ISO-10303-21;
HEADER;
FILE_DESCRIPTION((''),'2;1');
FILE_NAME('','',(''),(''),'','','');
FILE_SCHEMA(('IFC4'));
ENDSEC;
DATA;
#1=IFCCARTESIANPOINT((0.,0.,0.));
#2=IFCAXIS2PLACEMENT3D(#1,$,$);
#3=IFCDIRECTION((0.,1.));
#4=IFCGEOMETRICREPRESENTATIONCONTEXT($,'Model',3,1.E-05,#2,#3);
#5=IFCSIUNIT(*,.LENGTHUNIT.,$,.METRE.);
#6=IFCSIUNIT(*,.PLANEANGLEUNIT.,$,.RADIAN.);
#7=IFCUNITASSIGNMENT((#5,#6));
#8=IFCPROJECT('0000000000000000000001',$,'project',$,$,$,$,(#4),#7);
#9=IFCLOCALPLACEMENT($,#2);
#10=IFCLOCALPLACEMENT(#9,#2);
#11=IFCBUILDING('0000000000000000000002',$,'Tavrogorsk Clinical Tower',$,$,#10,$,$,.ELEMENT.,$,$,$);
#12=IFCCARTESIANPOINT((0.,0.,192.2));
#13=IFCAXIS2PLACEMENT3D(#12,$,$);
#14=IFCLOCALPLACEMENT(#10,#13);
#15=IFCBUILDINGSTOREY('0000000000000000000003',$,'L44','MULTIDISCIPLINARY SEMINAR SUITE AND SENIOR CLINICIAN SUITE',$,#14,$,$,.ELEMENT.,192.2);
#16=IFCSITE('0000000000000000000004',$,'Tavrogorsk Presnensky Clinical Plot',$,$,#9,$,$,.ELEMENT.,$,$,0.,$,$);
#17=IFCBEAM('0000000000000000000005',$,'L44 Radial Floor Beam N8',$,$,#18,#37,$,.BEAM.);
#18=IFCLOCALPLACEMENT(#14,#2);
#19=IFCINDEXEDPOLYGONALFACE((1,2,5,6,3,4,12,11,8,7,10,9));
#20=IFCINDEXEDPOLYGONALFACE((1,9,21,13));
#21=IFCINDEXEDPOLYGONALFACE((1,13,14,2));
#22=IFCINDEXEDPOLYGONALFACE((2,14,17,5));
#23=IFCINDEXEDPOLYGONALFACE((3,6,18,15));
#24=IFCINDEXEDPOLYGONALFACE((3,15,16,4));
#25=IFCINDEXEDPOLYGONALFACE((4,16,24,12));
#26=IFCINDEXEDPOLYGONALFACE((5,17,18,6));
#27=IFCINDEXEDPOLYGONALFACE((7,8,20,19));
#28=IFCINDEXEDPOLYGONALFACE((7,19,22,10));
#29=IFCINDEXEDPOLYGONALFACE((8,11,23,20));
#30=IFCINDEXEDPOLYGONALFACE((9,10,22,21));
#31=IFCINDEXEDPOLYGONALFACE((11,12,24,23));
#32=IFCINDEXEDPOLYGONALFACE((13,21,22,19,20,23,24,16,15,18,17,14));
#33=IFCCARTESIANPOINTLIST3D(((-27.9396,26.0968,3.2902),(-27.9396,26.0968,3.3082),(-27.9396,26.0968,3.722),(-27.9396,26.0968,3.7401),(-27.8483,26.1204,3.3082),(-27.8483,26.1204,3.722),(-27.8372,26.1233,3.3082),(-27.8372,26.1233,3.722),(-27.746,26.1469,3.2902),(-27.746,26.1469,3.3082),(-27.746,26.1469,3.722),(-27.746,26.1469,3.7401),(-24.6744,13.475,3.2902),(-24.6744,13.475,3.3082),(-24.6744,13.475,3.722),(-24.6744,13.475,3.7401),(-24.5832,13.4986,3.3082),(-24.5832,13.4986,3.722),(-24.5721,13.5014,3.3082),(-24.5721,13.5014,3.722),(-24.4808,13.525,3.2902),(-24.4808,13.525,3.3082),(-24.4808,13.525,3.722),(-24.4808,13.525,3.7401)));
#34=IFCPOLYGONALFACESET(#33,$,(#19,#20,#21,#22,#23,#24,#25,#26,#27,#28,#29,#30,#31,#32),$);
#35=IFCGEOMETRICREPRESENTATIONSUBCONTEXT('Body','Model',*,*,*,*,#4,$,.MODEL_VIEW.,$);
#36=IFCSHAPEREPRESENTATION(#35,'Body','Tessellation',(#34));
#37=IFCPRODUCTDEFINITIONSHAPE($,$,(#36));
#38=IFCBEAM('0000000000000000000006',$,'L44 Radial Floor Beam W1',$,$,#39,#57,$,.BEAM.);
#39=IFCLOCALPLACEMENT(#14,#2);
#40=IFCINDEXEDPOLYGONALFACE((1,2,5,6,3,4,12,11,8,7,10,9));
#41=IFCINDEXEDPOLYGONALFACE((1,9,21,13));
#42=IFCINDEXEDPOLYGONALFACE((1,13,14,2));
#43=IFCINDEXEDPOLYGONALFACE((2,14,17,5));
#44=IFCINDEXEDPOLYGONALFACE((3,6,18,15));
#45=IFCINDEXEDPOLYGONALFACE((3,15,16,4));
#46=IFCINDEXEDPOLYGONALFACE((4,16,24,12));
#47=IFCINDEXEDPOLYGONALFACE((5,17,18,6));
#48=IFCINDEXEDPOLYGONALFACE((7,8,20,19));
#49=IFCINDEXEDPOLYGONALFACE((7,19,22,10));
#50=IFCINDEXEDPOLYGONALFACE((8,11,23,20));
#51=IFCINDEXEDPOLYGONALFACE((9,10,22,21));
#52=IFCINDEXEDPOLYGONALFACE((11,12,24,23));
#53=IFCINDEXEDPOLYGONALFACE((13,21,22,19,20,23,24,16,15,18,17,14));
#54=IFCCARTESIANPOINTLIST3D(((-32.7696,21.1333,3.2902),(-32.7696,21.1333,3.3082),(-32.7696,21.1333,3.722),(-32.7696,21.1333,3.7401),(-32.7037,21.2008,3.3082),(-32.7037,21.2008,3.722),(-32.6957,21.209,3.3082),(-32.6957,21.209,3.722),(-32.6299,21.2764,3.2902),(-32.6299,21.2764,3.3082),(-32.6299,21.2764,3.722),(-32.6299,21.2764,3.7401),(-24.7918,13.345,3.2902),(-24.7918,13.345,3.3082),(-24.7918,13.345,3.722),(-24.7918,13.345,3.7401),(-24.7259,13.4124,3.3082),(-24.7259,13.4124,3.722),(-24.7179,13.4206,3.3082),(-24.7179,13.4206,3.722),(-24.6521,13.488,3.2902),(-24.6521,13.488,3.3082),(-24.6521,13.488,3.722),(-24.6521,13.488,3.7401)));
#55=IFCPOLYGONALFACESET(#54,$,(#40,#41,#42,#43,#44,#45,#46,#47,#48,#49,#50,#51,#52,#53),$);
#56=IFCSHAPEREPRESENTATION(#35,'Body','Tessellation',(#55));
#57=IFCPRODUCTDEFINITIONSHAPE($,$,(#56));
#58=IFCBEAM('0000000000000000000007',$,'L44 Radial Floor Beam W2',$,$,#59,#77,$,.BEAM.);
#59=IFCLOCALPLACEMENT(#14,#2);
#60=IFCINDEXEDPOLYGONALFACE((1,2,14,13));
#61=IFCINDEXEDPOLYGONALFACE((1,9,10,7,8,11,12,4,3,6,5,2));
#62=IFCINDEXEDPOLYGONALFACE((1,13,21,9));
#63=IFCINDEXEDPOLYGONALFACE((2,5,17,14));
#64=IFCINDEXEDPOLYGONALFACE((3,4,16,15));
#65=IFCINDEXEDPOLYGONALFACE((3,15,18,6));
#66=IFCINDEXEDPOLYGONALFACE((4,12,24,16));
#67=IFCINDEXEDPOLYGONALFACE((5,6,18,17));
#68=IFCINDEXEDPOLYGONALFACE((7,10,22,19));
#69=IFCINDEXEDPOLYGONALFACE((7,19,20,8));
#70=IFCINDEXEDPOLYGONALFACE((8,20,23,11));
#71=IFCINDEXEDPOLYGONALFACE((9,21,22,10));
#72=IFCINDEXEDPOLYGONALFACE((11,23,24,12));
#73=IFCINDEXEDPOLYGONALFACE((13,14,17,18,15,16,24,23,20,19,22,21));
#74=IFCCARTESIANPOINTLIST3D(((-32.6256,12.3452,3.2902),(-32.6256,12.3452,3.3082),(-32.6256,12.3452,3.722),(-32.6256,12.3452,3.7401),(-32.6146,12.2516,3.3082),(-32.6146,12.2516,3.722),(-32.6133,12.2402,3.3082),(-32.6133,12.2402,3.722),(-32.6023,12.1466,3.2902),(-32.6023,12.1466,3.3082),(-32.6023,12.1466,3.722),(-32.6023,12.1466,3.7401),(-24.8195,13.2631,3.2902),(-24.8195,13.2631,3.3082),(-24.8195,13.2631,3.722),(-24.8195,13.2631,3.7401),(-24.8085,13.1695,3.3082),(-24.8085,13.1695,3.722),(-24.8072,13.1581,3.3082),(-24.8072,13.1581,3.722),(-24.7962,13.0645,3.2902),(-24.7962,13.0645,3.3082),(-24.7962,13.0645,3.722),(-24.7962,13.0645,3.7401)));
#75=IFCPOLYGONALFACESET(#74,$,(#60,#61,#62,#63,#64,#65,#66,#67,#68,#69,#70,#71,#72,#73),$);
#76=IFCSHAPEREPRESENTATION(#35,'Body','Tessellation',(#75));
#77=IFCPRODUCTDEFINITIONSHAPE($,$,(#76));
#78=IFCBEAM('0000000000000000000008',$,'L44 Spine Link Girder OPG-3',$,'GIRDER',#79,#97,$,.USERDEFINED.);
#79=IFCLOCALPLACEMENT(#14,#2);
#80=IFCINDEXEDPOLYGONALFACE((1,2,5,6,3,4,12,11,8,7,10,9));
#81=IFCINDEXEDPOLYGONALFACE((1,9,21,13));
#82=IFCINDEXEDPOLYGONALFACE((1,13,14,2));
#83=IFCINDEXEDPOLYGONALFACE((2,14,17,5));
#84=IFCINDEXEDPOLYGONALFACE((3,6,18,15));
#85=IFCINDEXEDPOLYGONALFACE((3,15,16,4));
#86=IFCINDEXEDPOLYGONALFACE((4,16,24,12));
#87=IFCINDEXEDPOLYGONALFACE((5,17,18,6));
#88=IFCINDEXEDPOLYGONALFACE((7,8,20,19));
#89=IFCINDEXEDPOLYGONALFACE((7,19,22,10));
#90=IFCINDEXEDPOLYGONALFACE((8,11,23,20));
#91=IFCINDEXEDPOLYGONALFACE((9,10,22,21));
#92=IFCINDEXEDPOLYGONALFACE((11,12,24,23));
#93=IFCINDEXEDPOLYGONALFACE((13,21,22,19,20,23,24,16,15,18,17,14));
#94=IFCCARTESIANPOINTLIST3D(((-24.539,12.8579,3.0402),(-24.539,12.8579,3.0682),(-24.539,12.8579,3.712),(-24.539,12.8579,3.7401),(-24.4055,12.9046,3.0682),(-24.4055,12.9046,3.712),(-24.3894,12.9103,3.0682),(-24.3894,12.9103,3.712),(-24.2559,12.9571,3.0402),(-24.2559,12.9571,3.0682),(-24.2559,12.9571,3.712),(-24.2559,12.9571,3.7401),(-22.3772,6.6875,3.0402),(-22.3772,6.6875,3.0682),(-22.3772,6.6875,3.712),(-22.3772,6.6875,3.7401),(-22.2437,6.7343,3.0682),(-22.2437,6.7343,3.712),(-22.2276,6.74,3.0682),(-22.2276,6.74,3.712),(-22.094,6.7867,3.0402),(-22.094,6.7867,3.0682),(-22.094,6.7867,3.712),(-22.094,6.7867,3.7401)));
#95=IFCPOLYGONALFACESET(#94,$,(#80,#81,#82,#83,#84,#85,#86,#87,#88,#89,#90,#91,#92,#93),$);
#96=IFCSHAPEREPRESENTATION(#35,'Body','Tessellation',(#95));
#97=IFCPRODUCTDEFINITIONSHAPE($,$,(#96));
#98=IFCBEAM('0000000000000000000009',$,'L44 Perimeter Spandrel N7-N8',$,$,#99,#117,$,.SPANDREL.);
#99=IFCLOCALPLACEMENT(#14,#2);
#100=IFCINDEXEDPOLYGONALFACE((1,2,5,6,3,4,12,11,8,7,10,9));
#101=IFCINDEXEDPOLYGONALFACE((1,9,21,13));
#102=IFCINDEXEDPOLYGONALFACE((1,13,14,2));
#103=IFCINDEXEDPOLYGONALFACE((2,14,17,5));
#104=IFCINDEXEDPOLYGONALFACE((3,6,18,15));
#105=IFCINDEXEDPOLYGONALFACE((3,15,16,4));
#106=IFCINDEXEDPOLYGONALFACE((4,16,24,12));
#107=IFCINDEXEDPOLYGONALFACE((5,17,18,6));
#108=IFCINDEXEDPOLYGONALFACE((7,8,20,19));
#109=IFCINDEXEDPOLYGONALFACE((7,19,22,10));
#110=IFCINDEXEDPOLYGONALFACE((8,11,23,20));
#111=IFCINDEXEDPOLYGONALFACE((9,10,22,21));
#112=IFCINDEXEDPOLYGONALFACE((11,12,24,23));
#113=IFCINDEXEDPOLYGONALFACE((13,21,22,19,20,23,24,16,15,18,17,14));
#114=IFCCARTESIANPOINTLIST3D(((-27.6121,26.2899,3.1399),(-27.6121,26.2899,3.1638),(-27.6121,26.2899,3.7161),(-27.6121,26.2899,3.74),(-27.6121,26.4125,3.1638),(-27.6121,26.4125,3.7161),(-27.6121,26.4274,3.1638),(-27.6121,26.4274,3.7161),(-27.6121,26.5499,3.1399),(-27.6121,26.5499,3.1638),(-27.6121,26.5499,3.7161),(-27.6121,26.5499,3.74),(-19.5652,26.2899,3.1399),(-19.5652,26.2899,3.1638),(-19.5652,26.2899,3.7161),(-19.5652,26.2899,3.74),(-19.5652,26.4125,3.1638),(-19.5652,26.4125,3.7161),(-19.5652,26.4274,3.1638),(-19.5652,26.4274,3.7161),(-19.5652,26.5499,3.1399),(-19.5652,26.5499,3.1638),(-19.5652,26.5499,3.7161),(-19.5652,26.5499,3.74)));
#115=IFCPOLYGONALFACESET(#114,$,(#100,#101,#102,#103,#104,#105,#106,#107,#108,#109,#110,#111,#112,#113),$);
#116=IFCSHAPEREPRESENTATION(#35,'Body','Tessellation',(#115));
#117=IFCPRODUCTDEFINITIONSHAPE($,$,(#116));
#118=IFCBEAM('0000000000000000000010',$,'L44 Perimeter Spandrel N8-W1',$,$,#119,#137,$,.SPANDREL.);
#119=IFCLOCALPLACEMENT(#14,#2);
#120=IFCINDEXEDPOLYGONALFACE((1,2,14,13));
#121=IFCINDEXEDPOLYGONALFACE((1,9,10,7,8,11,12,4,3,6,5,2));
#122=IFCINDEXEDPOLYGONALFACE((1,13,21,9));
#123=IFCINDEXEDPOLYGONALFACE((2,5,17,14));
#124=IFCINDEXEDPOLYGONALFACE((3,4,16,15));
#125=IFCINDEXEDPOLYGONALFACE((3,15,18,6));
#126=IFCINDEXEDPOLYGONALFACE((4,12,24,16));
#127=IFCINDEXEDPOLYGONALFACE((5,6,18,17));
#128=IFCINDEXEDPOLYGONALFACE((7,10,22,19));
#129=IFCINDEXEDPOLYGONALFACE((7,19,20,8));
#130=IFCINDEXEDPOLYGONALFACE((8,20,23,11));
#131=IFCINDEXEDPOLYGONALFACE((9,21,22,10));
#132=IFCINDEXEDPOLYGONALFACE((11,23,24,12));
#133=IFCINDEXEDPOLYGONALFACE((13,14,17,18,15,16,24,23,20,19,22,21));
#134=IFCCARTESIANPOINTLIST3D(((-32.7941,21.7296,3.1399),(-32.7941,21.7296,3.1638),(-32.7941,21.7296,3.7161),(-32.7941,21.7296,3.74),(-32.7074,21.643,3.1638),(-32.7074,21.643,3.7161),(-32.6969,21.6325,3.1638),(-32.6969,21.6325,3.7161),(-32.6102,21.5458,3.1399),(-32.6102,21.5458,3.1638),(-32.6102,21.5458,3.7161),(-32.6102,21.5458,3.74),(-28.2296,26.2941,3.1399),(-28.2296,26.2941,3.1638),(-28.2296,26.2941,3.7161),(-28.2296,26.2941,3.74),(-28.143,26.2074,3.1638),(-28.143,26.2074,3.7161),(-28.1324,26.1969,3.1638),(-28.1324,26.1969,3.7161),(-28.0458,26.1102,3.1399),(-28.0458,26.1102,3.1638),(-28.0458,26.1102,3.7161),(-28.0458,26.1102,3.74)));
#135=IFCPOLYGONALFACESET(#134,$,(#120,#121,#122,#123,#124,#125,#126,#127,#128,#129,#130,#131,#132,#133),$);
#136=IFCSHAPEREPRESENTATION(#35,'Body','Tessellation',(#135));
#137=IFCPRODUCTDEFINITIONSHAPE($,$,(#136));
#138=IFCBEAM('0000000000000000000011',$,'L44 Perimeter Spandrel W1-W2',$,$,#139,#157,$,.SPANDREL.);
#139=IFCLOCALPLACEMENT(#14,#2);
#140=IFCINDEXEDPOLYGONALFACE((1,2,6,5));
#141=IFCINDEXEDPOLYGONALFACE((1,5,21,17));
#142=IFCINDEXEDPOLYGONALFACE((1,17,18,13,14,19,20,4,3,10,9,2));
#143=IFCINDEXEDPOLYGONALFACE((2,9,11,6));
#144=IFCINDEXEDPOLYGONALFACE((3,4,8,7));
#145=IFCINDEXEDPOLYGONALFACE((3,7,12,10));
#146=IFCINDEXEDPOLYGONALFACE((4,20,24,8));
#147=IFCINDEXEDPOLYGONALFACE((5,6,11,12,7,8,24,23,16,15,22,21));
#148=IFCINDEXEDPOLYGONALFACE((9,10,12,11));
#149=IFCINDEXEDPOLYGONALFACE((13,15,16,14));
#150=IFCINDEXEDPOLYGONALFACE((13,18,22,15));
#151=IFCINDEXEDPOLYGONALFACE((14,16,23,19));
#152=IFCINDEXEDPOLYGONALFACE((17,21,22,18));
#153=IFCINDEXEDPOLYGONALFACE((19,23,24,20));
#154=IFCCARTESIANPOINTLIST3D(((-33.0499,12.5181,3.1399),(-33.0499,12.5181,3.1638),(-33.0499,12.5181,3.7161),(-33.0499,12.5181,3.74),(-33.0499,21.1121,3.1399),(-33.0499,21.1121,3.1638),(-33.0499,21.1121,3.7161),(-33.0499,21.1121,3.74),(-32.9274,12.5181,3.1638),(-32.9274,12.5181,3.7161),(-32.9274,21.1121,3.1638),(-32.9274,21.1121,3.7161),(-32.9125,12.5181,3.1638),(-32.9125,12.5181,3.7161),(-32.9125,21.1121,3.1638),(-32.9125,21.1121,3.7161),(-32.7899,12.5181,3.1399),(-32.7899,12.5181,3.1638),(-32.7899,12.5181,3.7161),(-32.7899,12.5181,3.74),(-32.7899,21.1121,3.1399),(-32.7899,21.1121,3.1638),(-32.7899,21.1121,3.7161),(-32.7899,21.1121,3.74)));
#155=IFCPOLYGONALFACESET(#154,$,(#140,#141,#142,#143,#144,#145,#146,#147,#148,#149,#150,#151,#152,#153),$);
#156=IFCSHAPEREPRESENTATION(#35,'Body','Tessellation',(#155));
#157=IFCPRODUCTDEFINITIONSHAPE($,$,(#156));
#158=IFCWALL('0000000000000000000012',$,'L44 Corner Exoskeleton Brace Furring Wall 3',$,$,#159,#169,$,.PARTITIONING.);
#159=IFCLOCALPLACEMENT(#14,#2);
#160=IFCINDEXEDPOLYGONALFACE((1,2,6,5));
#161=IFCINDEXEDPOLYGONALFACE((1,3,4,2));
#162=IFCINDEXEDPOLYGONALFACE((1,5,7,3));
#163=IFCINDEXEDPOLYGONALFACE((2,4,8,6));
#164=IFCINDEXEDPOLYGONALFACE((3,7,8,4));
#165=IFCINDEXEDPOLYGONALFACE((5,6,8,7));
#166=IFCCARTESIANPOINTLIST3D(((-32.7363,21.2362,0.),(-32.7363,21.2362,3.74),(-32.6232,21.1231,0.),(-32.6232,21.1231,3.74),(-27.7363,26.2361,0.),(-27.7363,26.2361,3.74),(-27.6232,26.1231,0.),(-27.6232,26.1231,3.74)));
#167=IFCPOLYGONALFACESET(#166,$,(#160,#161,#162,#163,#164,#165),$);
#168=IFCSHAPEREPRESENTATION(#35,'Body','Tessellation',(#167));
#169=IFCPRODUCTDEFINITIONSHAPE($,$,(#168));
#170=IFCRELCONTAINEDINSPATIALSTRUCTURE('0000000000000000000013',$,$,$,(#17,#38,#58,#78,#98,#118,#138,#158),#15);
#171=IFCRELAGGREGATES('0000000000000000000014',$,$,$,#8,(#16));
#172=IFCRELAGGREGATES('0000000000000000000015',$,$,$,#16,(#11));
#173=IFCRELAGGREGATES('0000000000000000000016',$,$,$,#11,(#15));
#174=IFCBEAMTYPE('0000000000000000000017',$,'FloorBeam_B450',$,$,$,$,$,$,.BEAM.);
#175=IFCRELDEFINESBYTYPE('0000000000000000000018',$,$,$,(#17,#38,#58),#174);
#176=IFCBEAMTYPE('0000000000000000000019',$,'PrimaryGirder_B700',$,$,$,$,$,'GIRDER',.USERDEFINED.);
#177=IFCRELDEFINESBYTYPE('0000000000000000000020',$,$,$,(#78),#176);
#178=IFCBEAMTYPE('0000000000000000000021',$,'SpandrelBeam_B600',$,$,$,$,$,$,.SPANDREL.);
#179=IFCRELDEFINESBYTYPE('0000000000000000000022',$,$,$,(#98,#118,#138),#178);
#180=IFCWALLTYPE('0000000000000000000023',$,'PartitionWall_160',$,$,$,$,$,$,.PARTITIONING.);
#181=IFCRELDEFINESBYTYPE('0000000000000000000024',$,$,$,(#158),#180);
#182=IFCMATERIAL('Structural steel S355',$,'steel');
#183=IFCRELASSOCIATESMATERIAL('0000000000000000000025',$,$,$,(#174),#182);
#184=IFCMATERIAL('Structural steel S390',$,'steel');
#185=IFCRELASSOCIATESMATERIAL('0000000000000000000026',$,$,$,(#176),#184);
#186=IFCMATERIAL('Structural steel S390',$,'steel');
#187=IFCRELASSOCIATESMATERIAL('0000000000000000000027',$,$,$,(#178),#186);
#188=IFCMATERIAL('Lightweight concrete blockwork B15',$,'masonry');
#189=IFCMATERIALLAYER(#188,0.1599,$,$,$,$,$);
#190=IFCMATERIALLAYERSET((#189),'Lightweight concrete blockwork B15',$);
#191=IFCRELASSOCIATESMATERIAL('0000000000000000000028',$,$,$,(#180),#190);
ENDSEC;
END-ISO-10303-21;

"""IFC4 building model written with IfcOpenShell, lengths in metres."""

from ifc_helpers import new_model, si_unit, direction, frame, frame_2d, origin, origin_2d, place, context, subcontext, project, spatial, rectangle, i_section, extrude, material, layer, layer_set, material_profile, profile_set, type_object, element, save


model = new_model("IFC4")

# Units and contexts
model_context = context("Model", 3, precision=1e-05, world=origin(), true_north=direction((0.0, 1.0)))
body_context = subcontext(model_context, "Body", "Model", "MODEL_VIEW")
ifc_project = project(units=[si_unit("LENGTHUNIT", "METRE"), si_unit("PLANEANGLEUNIT", "RADIAN")], contexts=[model_context])

# Site, building, storey
site_placement = place(None, origin())
site = spatial("IfcSite", under=ifc_project, at=site_placement, Name="Tavrogorsk Presnensky Clinical Plot", CompositionType="ELEMENT", RefElevation=0.0)
building_placement = place(site_placement, origin())
building = spatial("IfcBuilding", under=site, at=building_placement, Name="Tavrogorsk Clinical Tower", CompositionType="ELEMENT")
storey_placement = place(building_placement, frame((0.0, 0.0, 192.2)))
storey = spatial("IfcBuildingStorey", under=building, at=storey_placement, Name="L44", Description="MULTIDISCIPLINARY SEMINAR SUITE AND SENIOR CLINICIAN SUITE", CompositionType="ELEMENT", Elevation=192.2)

# Beams
ifc_material_1 = material(Name="Structural steel S355", Category="steel")
ifc_material_profile_1 = material_profile(ifc_material_1, i_section(OverallWidth=0.2, OverallDepth=0.45, WebThickness=0.0115, FlangeThickness=0.0181, at=origin_2d()), Name="B-450x200x11.5x18")
ifc_profile_set_1 = profile_set([ifc_material_profile_1], Name="Structural steel S355")
beam_type_1 = type_object("IfcBeamType", Name="FloorBeam_B450", PredefinedType="BEAM", material=ifc_profile_set_1)
beam_1_placement = place(storey_placement, frame((-24.5776, 13.5, 3.5151), z_axis=(-0.250445, 0.968131, 0.0), x_axis=(-0.968131, -0.250445, 0.0)))
element("IfcBeam", 1, at=beam_1_placement, inside=storey, type_object=beam_type_1, Name="L44 Radial Floor Beam N8", PredefinedType="BEAM", context=body_context, shape_type="SweptSolid", body=[
    extrude(i_section(OverallWidth=0.2, OverallDepth=0.45, WebThickness=0.0115, FlangeThickness=0.0181, at=origin_2d()), origin(), (0.0, 0.0, 1.0), 13.0374),
])
beam_2_placement = place(storey_placement, frame((-24.7219, 13.4165, 3.5151), z_axis=(-0.715552, 0.698559, 0.0), x_axis=(-0.698559, -0.715552, 0.0)))
element("IfcBeam", 2, at=beam_2_placement, inside=storey, type_object=beam_type_1, Name="L44 Radial Floor Beam W1", PredefinedType="BEAM", context=body_context, shape_type="SweptSolid", body=[
    extrude(i_section(OverallWidth=0.2, OverallDepth=0.45, WebThickness=0.0115, FlangeThickness=0.0181, at=origin_2d()), origin(), (0.0, 0.0, 1.0), 11.1492),
])
beam_3_placement = place(storey_placement, frame((-24.8079, 13.1638, 3.5151), z_axis=(-0.993157, -0.116791, 0.0), x_axis=(0.116791, -0.993157, 0.0)))
element("IfcBeam", 3, at=beam_3_placement, inside=storey, type_object=beam_type_1, Name="L44 Radial Floor Beam W2", PredefinedType="BEAM", context=body_context, shape_type="SweptSolid", body=[
    extrude(i_section(OverallWidth=0.2, OverallDepth=0.45, WebThickness=0.0115, FlangeThickness=0.0181, at=origin_2d()), origin(), (0.0, 0.0, 1.0), 7.8599),
])
ifc_material_2 = material(Name="Structural steel S390", Category="steel")
ifc_material_profile_2 = material_profile(ifc_material_2, i_section(OverallWidth=0.3, OverallDepth=0.7, WebThickness=0.0171, FlangeThickness=0.0281, at=origin_2d()), Name="B-700x300x17x28")
ifc_profile_set_2 = profile_set([ifc_material_profile_2], Name="Structural steel S390")
beam_type_2 = type_object("IfcBeamType", Name="PrimaryGirder_B700", ElementType="GIRDER", PredefinedType="USERDEFINED", material=ifc_profile_set_2)
beam_4_placement = place(storey_placement, frame((-24.3975, 12.9075, 3.3901), z_axis=(0.330653, -0.943752, 0.0), x_axis=(0.943752, 0.330653, 0.0)))
element("IfcBeam", 4, at=beam_4_placement, inside=storey, type_object=beam_type_2, Name="L44 Spine Link Girder OPG-3", ObjectType="GIRDER", PredefinedType="USERDEFINED", context=body_context, shape_type="SweptSolid", body=[
    extrude(i_section(OverallWidth=0.3, OverallDepth=0.7, WebThickness=0.0171, FlangeThickness=0.0281, at=origin_2d()), origin(), (0.0, 0.0, 1.0), 6.5381),
])
ifc_material_3 = material(Name="Structural steel S390", Category="steel")
ifc_material_profile_3 = material_profile(ifc_material_3, i_section(OverallWidth=0.26, OverallDepth=0.6001, WebThickness=0.0149, FlangeThickness=0.0239, at=origin_2d()), Name="B-600x260x15x24")
ifc_profile_set_3 = profile_set([ifc_material_profile_3], Name="Structural steel S390")
beam_type_3 = type_object("IfcBeamType", Name="SpandrelBeam_B600", PredefinedType="SPANDREL", material=ifc_profile_set_3)
beam_5_placement = place(storey_placement, frame((-19.5652, 26.4199, 3.4399), z_axis=(-1.0, 0.0, 0.0), x_axis=(0.0, -1.0, 0.0)))
element("IfcBeam", 5, at=beam_5_placement, inside=storey, type_object=beam_type_3, Name="L44 Perimeter Spandrel N7-N8", PredefinedType="SPANDREL", context=body_context, shape_type="SweptSolid", body=[
    extrude(i_section(OverallWidth=0.26, OverallDepth=0.6001, WebThickness=0.0149, FlangeThickness=0.0239, at=origin_2d()), origin(), (0.0, 0.0, 1.0), 8.0469),
])
beam_6_placement = place(storey_placement, frame((-28.1377, 26.2021, 3.4399), z_axis=(-0.707107, -0.707107, 0.0), x_axis=(0.707107, -0.707107, 0.0)))
element("IfcBeam", 6, at=beam_6_placement, inside=storey, type_object=beam_type_3, Name="L44 Perimeter Spandrel N8-W1", PredefinedType="SPANDREL", context=body_context, shape_type="SweptSolid", body=[
    extrude(i_section(OverallWidth=0.26, OverallDepth=0.6001, WebThickness=0.0149, FlangeThickness=0.0239, at=origin_2d()), origin(), (0.0, 0.0, 1.0), 6.4551),
])
beam_7_placement = place(storey_placement, frame((-32.9199, 21.1121, 3.4399), z_axis=(0.0, -1.0, 0.0), x_axis=(1.0, 0.0, 0.0)))
element("IfcBeam", 7, at=beam_7_placement, inside=storey, type_object=beam_type_3, Name="L44 Perimeter Spandrel W1-W2", PredefinedType="SPANDREL", context=body_context, shape_type="SweptSolid", body=[
    extrude(i_section(OverallWidth=0.26, OverallDepth=0.6001, WebThickness=0.0149, FlangeThickness=0.0239, at=origin_2d()), origin(), (0.0, 0.0, 1.0), 8.594),
])

# Wall
ifc_material_4 = material(Name="Lightweight concrete blockwork B15", Category="masonry")
ifc_layer_1 = layer(ifc_material_4, 0.1599)
ifc_layer_set_1 = layer_set([ifc_layer_1], Name="Lightweight concrete blockwork B15")
wall_type_1 = type_object("IfcWallType", Name="PartitionWall_160", PredefinedType="PARTITIONING", material=ifc_layer_set_1)
wall_1_placement = place(storey_placement, frame((-27.6797, 26.1797, 0.0), z_axis=(0.0, 0.0, 1.0), x_axis=(-0.707107, -0.707107, 0.0)))
element("IfcWall", 8, at=wall_1_placement, inside=storey, type_object=wall_type_1, Name="L44 Corner Exoskeleton Brace Furring Wall 3", PredefinedType="PARTITIONING", context=body_context, shape_type="SweptSolid", body=[
    extrude(rectangle(XDim=7.071, YDim=0.1599, at=frame_2d((3.5356, 0.0))), origin(), (0.0, 0.0, 1.0), 3.74),
])

save(model, "model.ifc")
